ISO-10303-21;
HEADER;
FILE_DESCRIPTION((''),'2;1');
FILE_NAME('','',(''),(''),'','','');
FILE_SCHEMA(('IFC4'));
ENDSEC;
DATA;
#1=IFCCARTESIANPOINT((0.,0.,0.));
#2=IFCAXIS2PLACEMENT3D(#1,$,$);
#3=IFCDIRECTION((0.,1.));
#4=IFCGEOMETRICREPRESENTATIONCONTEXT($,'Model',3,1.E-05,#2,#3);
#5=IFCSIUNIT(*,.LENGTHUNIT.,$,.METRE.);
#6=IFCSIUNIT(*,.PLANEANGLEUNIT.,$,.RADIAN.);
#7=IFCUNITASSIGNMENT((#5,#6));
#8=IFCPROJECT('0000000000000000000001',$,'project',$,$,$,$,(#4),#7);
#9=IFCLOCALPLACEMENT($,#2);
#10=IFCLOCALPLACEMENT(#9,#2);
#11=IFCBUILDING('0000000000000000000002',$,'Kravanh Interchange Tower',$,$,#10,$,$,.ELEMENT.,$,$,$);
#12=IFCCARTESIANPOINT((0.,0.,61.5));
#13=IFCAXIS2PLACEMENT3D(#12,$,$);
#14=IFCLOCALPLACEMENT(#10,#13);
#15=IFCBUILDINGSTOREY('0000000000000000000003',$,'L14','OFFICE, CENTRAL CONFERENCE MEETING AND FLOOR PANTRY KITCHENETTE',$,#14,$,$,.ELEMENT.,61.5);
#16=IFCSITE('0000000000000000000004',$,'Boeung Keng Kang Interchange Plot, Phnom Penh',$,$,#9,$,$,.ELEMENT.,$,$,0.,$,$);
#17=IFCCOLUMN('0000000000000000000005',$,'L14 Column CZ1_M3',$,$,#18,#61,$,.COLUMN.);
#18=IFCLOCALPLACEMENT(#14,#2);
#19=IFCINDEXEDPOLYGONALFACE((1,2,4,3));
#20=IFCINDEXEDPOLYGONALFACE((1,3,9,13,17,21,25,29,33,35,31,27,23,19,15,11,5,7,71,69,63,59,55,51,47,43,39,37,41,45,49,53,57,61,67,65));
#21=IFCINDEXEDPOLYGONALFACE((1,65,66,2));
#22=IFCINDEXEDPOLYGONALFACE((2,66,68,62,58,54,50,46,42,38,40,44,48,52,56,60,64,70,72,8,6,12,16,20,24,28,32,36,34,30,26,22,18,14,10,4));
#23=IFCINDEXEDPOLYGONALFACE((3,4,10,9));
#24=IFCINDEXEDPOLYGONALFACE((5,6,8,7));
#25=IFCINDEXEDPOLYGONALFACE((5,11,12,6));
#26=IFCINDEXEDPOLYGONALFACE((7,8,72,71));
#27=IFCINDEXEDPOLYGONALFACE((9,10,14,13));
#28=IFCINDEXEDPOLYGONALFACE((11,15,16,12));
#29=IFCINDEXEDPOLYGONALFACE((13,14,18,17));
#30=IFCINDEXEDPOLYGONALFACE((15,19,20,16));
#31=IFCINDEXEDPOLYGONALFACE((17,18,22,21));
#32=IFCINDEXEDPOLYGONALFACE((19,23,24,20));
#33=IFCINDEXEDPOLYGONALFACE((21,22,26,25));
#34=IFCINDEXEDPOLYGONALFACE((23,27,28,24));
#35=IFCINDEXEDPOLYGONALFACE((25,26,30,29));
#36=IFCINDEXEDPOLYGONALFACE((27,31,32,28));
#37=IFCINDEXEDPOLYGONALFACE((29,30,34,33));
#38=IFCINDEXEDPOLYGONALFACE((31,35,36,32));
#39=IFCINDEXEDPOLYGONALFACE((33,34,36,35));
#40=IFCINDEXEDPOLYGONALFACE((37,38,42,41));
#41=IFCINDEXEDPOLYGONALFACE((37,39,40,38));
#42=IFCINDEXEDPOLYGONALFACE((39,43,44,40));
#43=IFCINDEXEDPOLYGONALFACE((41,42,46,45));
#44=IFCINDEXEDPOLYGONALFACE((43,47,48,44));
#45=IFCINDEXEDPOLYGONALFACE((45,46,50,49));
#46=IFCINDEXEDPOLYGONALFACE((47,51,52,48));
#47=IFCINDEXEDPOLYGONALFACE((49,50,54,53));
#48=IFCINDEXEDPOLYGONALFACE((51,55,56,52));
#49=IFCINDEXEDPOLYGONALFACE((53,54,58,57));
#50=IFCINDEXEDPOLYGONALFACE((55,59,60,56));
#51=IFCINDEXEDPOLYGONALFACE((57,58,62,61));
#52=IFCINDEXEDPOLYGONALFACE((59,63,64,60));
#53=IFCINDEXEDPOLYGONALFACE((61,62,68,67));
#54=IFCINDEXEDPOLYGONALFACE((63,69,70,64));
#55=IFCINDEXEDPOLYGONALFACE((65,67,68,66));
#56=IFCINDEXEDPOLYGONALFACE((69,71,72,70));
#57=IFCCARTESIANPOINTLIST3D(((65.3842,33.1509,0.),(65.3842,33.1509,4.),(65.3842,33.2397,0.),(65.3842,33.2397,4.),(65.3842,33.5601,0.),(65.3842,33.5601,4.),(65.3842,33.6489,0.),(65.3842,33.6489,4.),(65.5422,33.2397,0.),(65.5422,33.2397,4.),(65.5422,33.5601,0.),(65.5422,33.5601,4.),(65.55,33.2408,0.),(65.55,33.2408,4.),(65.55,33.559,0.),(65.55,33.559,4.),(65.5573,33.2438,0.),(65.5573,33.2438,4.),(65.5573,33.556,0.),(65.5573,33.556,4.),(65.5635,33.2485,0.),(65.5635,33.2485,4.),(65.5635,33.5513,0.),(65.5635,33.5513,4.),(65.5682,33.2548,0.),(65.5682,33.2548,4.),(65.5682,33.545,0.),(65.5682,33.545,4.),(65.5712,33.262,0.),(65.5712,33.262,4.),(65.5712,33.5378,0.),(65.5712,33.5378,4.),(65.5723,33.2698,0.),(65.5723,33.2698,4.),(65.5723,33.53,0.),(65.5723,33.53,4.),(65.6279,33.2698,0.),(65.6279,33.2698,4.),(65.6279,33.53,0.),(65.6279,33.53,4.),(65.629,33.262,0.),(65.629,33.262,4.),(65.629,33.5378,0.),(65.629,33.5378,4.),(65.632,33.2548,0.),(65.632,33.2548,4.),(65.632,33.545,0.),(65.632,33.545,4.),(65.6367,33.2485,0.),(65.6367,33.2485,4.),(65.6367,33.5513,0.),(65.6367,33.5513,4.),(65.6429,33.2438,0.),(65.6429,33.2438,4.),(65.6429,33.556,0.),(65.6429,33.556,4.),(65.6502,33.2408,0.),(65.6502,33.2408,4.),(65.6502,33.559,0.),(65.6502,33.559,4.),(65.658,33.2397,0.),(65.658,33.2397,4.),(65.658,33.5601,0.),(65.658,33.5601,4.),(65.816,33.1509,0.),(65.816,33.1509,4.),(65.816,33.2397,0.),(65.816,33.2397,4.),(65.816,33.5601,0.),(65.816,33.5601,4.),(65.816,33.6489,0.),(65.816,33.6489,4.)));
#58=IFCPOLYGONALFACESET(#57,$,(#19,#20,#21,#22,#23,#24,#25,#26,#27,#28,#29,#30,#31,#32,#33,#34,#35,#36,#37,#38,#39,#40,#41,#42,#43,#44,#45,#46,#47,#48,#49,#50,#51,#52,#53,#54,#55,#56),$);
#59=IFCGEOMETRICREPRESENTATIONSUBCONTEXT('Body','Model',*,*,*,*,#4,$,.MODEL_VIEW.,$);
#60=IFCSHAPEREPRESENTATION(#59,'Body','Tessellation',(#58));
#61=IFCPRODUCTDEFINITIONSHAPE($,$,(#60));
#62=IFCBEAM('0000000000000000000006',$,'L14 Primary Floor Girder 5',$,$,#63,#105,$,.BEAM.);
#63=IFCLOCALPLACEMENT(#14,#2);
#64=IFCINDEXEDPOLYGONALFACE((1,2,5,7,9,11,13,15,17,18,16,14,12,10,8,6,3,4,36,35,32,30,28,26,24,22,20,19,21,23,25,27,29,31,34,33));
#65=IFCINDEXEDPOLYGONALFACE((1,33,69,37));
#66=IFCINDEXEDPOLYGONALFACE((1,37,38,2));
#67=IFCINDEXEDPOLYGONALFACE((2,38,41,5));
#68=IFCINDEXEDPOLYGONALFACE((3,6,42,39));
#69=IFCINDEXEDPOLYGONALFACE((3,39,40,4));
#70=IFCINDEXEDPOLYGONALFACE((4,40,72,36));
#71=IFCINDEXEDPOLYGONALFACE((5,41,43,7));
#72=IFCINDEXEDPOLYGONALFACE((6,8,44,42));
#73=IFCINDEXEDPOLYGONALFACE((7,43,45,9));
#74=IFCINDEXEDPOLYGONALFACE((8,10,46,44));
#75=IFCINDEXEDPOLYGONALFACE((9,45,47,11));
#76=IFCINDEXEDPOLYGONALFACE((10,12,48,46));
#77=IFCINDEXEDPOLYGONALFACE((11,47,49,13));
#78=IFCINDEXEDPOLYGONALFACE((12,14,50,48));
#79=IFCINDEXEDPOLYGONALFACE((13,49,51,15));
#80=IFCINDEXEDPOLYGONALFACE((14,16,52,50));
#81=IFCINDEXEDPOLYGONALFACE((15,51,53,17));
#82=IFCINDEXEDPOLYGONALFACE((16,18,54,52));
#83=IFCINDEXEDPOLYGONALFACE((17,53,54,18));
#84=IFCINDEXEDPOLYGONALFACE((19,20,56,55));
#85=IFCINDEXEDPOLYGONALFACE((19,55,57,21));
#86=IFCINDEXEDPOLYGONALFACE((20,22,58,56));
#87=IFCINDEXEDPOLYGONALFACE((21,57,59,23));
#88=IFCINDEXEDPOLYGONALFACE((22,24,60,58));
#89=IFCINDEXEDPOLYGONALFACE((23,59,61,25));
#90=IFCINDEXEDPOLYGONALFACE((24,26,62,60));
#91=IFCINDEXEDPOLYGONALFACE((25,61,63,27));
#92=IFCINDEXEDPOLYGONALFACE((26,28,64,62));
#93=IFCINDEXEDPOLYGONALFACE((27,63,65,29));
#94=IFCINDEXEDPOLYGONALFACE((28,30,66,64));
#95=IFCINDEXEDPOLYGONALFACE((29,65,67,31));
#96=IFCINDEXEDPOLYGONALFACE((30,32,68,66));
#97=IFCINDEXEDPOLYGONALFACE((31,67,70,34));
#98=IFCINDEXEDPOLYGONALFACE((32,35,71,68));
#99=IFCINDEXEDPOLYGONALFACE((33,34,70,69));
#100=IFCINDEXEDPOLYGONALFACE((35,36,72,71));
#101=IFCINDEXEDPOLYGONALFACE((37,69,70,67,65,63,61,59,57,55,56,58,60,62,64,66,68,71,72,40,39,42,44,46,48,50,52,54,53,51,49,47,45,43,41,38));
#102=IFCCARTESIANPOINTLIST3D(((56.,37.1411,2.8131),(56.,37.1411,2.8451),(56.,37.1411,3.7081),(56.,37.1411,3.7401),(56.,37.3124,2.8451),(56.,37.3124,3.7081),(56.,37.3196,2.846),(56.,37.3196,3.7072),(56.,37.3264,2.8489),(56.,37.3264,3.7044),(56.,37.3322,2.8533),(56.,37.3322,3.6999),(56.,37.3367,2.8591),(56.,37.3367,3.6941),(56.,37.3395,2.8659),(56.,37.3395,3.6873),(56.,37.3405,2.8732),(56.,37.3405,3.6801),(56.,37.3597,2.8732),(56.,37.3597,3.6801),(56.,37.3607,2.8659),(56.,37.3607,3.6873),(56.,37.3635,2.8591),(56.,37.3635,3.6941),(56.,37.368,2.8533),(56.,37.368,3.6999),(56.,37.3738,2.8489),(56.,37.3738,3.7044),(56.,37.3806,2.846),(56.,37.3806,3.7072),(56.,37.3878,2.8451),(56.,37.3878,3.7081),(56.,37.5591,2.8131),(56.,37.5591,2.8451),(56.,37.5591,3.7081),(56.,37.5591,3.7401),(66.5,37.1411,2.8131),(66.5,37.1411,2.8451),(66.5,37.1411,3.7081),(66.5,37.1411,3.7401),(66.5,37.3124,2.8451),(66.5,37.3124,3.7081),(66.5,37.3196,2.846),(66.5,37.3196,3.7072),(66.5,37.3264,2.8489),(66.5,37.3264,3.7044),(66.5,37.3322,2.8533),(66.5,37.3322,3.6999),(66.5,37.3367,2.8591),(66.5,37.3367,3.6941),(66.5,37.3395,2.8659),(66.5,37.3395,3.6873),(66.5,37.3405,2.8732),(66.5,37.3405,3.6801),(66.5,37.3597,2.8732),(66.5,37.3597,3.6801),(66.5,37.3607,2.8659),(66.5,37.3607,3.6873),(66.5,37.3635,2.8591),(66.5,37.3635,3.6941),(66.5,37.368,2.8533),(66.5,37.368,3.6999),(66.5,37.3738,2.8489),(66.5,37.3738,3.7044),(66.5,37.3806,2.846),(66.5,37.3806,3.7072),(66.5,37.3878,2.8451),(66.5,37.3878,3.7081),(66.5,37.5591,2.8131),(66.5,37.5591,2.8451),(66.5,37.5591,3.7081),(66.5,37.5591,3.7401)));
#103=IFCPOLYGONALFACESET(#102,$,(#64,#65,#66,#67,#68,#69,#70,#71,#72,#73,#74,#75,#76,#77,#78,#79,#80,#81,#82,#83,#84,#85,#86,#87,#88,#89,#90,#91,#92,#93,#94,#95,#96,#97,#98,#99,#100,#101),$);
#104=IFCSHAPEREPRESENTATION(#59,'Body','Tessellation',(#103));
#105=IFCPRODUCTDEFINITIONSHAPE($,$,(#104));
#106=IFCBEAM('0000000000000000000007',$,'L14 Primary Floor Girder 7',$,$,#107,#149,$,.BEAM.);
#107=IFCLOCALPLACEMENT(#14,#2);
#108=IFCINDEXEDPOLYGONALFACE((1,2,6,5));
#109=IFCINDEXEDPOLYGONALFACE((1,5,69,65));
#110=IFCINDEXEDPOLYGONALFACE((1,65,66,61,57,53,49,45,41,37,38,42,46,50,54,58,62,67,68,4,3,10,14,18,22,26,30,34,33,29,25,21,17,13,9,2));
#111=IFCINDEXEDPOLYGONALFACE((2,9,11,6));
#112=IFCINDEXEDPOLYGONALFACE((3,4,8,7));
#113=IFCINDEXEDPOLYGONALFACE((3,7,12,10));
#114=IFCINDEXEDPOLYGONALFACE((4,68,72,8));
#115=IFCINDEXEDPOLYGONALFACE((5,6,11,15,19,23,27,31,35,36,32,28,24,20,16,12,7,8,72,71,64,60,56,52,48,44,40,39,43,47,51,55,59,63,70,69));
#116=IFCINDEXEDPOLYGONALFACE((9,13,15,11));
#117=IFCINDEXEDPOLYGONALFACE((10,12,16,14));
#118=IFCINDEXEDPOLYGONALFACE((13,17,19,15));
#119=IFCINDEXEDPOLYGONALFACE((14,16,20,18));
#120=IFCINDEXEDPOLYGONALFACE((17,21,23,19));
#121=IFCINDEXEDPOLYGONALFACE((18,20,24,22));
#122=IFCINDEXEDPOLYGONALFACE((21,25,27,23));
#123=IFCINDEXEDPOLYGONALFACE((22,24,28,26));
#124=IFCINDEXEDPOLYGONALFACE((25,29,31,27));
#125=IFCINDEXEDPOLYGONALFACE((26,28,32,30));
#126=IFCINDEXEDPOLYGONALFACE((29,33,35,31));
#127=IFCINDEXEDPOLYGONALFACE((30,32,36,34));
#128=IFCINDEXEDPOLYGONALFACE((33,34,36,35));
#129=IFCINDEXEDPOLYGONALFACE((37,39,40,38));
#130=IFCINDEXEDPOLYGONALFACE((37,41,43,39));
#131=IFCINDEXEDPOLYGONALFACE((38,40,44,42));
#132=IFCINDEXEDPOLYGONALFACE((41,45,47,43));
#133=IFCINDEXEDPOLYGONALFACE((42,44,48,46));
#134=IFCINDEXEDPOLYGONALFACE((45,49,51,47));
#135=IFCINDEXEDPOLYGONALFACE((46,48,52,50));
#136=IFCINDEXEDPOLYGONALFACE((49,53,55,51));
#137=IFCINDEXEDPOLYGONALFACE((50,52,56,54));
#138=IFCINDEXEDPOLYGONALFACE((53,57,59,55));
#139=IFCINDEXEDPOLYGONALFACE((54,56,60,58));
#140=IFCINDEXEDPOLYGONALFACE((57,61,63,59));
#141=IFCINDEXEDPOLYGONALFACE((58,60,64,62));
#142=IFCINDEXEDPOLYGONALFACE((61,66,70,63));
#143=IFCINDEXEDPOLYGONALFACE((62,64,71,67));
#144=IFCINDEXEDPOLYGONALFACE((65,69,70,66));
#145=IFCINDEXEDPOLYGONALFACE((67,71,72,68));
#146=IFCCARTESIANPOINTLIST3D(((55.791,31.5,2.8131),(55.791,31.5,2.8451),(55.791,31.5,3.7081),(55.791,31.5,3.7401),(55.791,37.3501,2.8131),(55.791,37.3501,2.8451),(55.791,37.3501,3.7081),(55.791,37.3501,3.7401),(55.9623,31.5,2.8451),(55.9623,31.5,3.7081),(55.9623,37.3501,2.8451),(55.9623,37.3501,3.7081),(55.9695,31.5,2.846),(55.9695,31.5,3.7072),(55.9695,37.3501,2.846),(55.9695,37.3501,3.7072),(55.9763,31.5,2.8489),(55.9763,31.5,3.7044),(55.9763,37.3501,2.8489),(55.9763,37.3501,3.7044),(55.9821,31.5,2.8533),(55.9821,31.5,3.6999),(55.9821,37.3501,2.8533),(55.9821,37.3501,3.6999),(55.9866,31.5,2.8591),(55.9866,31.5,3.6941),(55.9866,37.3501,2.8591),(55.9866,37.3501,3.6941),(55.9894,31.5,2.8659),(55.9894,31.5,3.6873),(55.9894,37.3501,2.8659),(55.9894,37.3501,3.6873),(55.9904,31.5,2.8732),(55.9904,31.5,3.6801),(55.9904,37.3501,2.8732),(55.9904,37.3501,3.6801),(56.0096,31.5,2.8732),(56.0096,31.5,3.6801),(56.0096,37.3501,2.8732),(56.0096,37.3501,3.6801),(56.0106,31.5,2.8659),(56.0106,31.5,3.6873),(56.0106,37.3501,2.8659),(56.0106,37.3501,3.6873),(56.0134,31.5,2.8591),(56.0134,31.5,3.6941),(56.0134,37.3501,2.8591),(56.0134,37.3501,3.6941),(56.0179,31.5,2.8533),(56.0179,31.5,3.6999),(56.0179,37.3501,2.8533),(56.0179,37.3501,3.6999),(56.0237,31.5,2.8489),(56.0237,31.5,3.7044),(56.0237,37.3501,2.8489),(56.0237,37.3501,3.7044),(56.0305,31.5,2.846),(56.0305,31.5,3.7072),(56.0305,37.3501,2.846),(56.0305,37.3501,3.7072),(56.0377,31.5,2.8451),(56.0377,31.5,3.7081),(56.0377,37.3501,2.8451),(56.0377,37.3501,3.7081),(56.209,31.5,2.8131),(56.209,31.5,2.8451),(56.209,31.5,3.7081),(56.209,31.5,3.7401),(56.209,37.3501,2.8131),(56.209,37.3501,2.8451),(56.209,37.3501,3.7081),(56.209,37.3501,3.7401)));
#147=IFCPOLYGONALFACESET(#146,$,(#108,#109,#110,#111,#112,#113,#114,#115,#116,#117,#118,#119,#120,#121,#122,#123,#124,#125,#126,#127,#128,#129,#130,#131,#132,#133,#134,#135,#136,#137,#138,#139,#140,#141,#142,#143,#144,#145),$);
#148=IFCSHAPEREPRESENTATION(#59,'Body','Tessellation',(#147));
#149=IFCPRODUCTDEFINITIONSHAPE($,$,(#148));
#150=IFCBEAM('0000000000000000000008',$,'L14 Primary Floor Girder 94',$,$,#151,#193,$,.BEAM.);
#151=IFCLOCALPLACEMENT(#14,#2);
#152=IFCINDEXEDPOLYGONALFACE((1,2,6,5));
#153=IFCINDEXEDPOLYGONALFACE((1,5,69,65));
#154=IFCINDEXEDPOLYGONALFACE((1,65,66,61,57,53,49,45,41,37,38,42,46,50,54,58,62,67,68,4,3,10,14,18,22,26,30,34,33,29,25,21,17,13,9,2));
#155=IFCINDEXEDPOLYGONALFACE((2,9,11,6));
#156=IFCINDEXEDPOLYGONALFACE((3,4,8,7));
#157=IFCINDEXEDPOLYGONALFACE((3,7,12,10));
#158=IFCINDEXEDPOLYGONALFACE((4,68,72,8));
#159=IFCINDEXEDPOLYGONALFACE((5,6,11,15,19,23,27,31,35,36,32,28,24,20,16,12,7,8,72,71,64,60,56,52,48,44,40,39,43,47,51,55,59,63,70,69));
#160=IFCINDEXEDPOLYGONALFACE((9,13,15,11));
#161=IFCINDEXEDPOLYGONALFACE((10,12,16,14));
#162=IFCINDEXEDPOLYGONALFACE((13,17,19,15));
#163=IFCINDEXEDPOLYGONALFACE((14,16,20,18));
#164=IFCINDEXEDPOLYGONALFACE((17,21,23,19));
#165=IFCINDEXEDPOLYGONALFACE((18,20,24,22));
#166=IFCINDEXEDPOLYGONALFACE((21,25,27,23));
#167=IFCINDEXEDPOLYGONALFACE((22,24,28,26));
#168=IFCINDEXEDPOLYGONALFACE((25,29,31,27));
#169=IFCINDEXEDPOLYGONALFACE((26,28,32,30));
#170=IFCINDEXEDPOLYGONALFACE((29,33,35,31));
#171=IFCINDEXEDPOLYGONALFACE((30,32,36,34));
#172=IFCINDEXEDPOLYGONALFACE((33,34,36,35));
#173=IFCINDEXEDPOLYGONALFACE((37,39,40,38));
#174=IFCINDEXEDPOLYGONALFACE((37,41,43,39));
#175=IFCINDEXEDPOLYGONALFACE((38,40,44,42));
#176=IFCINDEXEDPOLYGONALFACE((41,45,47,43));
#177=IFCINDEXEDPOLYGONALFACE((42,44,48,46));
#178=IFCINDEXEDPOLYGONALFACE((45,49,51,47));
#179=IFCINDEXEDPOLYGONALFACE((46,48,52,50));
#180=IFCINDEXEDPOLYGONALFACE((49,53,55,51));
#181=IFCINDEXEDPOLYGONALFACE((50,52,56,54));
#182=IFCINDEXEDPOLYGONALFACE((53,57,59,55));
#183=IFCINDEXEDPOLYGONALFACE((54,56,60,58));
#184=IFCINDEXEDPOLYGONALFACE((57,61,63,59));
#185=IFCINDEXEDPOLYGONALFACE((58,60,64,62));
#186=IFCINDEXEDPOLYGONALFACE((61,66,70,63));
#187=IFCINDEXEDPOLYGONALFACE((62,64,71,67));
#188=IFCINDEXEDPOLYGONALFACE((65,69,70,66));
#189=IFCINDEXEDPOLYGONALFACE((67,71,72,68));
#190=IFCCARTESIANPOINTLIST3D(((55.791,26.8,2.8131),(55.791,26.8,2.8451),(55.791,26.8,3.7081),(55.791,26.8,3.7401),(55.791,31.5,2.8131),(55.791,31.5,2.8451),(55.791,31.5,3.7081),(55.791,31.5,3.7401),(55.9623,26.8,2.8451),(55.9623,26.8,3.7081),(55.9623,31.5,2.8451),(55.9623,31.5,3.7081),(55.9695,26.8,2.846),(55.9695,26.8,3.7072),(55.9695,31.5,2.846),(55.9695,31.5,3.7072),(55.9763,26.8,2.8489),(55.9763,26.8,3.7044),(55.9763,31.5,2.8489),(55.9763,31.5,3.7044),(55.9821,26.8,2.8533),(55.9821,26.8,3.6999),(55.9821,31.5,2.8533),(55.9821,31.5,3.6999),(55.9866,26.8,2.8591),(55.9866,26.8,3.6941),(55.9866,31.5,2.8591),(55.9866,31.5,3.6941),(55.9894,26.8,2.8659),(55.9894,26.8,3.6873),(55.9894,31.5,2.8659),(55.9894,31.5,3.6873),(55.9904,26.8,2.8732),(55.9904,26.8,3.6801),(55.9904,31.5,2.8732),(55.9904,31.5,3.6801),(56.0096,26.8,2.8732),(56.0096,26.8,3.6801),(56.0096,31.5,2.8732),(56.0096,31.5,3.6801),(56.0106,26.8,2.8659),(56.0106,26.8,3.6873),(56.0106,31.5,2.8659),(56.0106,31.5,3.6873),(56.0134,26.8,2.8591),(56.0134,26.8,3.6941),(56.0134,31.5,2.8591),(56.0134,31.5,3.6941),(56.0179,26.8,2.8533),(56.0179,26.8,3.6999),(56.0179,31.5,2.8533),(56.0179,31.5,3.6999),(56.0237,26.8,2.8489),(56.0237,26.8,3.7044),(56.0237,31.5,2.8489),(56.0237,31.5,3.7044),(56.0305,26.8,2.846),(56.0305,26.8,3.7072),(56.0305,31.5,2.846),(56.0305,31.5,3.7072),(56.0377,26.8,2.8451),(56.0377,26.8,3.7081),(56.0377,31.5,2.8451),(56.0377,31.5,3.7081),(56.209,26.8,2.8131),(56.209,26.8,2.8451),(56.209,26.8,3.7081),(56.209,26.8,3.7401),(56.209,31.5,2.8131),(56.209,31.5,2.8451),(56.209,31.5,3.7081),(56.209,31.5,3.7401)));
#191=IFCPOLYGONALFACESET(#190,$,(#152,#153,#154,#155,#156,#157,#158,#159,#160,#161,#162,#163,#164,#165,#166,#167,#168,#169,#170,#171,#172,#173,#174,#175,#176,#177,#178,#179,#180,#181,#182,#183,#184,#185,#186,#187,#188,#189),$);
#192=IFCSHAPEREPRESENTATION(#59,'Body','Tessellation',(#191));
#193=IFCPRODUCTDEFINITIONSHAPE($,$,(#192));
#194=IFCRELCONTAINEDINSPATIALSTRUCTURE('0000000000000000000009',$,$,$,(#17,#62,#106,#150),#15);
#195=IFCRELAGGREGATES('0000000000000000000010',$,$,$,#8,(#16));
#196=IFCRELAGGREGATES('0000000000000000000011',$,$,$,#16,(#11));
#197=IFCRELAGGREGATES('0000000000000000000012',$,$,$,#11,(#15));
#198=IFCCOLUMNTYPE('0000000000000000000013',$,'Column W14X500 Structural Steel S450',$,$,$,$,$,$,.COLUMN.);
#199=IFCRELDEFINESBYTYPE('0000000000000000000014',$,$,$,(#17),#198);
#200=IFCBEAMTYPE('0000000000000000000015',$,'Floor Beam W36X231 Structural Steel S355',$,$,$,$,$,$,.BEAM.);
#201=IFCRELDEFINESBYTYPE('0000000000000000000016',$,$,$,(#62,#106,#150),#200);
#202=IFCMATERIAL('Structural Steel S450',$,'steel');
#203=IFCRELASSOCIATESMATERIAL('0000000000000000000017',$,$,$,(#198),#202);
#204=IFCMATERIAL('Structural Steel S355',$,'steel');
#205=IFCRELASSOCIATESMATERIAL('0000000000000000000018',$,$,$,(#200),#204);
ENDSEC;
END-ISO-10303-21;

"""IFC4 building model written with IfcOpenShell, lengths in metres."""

from ifc_helpers import new_model, si_unit, direction, frame, origin, origin_2d, place, context, subcontext, project, spatial, i_section, extrude, material, material_profile, profile_set, type_object, element, save


model = new_model("IFC4")

# Units and contexts
model_context = context("Model", 3, precision=1e-05, world=origin(), true_north=direction((0.0, 1.0)))
body_context = subcontext(model_context, "Body", "Model", "MODEL_VIEW")
ifc_project = project(units=[si_unit("LENGTHUNIT", "METRE"), si_unit("PLANEANGLEUNIT", "RADIAN")], contexts=[model_context])

# Site, building, storey
site_placement = place(None, origin())
site = spatial("IfcSite", under=ifc_project, at=site_placement, Name="Boeung Keng Kang Interchange Plot, Phnom Penh", CompositionType="ELEMENT", RefElevation=0.0)
building_placement = place(site_placement, origin())
building = spatial("IfcBuilding", under=site, at=building_placement, Name="Kravanh Interchange Tower", CompositionType="ELEMENT")
storey_placement = place(building_placement, frame((0.0, 0.0, 61.5)))
storey = spatial("IfcBuildingStorey", under=building, at=storey_placement, Name="L14", Description="OFFICE, CENTRAL CONFERENCE MEETING AND FLOOR PANTRY KITCHENETTE", CompositionType="ELEMENT", Elevation=61.5)

# Column
ifc_material_1 = material(Name="Structural Steel S450", Category="steel")
ifc_material_profile_1 = material_profile(ifc_material_1, i_section(OverallWidth=0.4319, OverallDepth=0.498, WebThickness=0.0557, FlangeThickness=0.0889, FilletRadius=0.03, at=origin_2d()), Name="W14X500")
ifc_profile_set_1 = profile_set([ifc_material_profile_1], Name="Structural Steel S450")
column_type_1 = type_object("IfcColumnType", Name="Column W14X500 Structural Steel S450", PredefinedType="COLUMN", material=ifc_profile_set_1)
for number, where, z_axis, x_axis, name in (
    (1, (65.6001, 33.3999, 0.0), (0.0, 0.0, 1.0), (1.0, 0.0, 0.0), "L14 Column CZ1_M3"),
):
    element("IfcColumn", number, at=place(storey_placement, frame(where, z_axis=z_axis, x_axis=x_axis)), inside=storey, type_object=column_type_1, Name=name, PredefinedType="COLUMN", context=body_context, shape_type="SweptSolid", body=[
        extrude(i_section(OverallWidth=0.4319, OverallDepth=0.498, WebThickness=0.0557, FlangeThickness=0.0889, FilletRadius=0.03, at=origin_2d()), origin(), (0.0, 0.0, 1.0), 4.0),
    ])

# Beams
ifc_material_2 = material(Name="Structural Steel S355", Category="steel")
ifc_material_profile_2 = material_profile(ifc_material_2, i_section(OverallWidth=0.418, OverallDepth=0.927, WebThickness=0.0193, FlangeThickness=0.032, FilletRadius=0.0281, at=origin_2d()), Name="W36X231")
ifc_profile_set_2 = profile_set([ifc_material_profile_2], Name="Structural Steel S355")
beam_type_1 = type_object("IfcBeamType", Name="Floor Beam W36X231 Structural Steel S355", PredefinedType="BEAM", material=ifc_profile_set_2)
beam_1_placement = place(storey_placement, frame((66.5, 37.3501, 3.2766), z_axis=(-1.0, 0.0, 0.0), x_axis=(0.0, -1.0, 0.0)))
element("IfcBeam", 2, at=beam_1_placement, inside=storey, type_object=beam_type_1, Name="L14 Primary Floor Girder 5", PredefinedType="BEAM", context=body_context, shape_type="SweptSolid", body=[
    extrude(i_section(OverallWidth=0.418, OverallDepth=0.927, WebThickness=0.0193, FlangeThickness=0.032, FilletRadius=0.0281, at=origin_2d()), origin(), (0.0, 0.0, 1.0), 10.5),
])
beam_2_placement = place(storey_placement, frame((56.0, 37.3501, 3.2766), z_axis=(0.0, -1.0, 0.0), x_axis=(1.0, 0.0, 0.0)))
element("IfcBeam", 3, at=beam_2_placement, inside=storey, type_object=beam_type_1, Name="L14 Primary Floor Girder 7", PredefinedType="BEAM", context=body_context, shape_type="SweptSolid", body=[
    extrude(i_section(OverallWidth=0.418, OverallDepth=0.927, WebThickness=0.0193, FlangeThickness=0.032, FilletRadius=0.0281, at=origin_2d()), origin(), (0.0, 0.0, 1.0), 5.8501),
])
beam_3_placement = place(storey_placement, frame((56.0, 26.8, 3.2766), z_axis=(0.0, 1.0, 0.0), x_axis=(-1.0, 0.0, 0.0)))
element("IfcBeam", 4, at=beam_3_placement, inside=storey, type_object=beam_type_1, Name="L14 Primary Floor Girder 94", PredefinedType="BEAM", context=body_context, shape_type="SweptSolid", body=[
    extrude(i_section(OverallWidth=0.418, OverallDepth=0.927, WebThickness=0.0193, FlangeThickness=0.032, FilletRadius=0.0281, at=origin_2d()), origin(), (0.0, 0.0, 1.0), 4.7),
])

save(model, "model.ifc")
